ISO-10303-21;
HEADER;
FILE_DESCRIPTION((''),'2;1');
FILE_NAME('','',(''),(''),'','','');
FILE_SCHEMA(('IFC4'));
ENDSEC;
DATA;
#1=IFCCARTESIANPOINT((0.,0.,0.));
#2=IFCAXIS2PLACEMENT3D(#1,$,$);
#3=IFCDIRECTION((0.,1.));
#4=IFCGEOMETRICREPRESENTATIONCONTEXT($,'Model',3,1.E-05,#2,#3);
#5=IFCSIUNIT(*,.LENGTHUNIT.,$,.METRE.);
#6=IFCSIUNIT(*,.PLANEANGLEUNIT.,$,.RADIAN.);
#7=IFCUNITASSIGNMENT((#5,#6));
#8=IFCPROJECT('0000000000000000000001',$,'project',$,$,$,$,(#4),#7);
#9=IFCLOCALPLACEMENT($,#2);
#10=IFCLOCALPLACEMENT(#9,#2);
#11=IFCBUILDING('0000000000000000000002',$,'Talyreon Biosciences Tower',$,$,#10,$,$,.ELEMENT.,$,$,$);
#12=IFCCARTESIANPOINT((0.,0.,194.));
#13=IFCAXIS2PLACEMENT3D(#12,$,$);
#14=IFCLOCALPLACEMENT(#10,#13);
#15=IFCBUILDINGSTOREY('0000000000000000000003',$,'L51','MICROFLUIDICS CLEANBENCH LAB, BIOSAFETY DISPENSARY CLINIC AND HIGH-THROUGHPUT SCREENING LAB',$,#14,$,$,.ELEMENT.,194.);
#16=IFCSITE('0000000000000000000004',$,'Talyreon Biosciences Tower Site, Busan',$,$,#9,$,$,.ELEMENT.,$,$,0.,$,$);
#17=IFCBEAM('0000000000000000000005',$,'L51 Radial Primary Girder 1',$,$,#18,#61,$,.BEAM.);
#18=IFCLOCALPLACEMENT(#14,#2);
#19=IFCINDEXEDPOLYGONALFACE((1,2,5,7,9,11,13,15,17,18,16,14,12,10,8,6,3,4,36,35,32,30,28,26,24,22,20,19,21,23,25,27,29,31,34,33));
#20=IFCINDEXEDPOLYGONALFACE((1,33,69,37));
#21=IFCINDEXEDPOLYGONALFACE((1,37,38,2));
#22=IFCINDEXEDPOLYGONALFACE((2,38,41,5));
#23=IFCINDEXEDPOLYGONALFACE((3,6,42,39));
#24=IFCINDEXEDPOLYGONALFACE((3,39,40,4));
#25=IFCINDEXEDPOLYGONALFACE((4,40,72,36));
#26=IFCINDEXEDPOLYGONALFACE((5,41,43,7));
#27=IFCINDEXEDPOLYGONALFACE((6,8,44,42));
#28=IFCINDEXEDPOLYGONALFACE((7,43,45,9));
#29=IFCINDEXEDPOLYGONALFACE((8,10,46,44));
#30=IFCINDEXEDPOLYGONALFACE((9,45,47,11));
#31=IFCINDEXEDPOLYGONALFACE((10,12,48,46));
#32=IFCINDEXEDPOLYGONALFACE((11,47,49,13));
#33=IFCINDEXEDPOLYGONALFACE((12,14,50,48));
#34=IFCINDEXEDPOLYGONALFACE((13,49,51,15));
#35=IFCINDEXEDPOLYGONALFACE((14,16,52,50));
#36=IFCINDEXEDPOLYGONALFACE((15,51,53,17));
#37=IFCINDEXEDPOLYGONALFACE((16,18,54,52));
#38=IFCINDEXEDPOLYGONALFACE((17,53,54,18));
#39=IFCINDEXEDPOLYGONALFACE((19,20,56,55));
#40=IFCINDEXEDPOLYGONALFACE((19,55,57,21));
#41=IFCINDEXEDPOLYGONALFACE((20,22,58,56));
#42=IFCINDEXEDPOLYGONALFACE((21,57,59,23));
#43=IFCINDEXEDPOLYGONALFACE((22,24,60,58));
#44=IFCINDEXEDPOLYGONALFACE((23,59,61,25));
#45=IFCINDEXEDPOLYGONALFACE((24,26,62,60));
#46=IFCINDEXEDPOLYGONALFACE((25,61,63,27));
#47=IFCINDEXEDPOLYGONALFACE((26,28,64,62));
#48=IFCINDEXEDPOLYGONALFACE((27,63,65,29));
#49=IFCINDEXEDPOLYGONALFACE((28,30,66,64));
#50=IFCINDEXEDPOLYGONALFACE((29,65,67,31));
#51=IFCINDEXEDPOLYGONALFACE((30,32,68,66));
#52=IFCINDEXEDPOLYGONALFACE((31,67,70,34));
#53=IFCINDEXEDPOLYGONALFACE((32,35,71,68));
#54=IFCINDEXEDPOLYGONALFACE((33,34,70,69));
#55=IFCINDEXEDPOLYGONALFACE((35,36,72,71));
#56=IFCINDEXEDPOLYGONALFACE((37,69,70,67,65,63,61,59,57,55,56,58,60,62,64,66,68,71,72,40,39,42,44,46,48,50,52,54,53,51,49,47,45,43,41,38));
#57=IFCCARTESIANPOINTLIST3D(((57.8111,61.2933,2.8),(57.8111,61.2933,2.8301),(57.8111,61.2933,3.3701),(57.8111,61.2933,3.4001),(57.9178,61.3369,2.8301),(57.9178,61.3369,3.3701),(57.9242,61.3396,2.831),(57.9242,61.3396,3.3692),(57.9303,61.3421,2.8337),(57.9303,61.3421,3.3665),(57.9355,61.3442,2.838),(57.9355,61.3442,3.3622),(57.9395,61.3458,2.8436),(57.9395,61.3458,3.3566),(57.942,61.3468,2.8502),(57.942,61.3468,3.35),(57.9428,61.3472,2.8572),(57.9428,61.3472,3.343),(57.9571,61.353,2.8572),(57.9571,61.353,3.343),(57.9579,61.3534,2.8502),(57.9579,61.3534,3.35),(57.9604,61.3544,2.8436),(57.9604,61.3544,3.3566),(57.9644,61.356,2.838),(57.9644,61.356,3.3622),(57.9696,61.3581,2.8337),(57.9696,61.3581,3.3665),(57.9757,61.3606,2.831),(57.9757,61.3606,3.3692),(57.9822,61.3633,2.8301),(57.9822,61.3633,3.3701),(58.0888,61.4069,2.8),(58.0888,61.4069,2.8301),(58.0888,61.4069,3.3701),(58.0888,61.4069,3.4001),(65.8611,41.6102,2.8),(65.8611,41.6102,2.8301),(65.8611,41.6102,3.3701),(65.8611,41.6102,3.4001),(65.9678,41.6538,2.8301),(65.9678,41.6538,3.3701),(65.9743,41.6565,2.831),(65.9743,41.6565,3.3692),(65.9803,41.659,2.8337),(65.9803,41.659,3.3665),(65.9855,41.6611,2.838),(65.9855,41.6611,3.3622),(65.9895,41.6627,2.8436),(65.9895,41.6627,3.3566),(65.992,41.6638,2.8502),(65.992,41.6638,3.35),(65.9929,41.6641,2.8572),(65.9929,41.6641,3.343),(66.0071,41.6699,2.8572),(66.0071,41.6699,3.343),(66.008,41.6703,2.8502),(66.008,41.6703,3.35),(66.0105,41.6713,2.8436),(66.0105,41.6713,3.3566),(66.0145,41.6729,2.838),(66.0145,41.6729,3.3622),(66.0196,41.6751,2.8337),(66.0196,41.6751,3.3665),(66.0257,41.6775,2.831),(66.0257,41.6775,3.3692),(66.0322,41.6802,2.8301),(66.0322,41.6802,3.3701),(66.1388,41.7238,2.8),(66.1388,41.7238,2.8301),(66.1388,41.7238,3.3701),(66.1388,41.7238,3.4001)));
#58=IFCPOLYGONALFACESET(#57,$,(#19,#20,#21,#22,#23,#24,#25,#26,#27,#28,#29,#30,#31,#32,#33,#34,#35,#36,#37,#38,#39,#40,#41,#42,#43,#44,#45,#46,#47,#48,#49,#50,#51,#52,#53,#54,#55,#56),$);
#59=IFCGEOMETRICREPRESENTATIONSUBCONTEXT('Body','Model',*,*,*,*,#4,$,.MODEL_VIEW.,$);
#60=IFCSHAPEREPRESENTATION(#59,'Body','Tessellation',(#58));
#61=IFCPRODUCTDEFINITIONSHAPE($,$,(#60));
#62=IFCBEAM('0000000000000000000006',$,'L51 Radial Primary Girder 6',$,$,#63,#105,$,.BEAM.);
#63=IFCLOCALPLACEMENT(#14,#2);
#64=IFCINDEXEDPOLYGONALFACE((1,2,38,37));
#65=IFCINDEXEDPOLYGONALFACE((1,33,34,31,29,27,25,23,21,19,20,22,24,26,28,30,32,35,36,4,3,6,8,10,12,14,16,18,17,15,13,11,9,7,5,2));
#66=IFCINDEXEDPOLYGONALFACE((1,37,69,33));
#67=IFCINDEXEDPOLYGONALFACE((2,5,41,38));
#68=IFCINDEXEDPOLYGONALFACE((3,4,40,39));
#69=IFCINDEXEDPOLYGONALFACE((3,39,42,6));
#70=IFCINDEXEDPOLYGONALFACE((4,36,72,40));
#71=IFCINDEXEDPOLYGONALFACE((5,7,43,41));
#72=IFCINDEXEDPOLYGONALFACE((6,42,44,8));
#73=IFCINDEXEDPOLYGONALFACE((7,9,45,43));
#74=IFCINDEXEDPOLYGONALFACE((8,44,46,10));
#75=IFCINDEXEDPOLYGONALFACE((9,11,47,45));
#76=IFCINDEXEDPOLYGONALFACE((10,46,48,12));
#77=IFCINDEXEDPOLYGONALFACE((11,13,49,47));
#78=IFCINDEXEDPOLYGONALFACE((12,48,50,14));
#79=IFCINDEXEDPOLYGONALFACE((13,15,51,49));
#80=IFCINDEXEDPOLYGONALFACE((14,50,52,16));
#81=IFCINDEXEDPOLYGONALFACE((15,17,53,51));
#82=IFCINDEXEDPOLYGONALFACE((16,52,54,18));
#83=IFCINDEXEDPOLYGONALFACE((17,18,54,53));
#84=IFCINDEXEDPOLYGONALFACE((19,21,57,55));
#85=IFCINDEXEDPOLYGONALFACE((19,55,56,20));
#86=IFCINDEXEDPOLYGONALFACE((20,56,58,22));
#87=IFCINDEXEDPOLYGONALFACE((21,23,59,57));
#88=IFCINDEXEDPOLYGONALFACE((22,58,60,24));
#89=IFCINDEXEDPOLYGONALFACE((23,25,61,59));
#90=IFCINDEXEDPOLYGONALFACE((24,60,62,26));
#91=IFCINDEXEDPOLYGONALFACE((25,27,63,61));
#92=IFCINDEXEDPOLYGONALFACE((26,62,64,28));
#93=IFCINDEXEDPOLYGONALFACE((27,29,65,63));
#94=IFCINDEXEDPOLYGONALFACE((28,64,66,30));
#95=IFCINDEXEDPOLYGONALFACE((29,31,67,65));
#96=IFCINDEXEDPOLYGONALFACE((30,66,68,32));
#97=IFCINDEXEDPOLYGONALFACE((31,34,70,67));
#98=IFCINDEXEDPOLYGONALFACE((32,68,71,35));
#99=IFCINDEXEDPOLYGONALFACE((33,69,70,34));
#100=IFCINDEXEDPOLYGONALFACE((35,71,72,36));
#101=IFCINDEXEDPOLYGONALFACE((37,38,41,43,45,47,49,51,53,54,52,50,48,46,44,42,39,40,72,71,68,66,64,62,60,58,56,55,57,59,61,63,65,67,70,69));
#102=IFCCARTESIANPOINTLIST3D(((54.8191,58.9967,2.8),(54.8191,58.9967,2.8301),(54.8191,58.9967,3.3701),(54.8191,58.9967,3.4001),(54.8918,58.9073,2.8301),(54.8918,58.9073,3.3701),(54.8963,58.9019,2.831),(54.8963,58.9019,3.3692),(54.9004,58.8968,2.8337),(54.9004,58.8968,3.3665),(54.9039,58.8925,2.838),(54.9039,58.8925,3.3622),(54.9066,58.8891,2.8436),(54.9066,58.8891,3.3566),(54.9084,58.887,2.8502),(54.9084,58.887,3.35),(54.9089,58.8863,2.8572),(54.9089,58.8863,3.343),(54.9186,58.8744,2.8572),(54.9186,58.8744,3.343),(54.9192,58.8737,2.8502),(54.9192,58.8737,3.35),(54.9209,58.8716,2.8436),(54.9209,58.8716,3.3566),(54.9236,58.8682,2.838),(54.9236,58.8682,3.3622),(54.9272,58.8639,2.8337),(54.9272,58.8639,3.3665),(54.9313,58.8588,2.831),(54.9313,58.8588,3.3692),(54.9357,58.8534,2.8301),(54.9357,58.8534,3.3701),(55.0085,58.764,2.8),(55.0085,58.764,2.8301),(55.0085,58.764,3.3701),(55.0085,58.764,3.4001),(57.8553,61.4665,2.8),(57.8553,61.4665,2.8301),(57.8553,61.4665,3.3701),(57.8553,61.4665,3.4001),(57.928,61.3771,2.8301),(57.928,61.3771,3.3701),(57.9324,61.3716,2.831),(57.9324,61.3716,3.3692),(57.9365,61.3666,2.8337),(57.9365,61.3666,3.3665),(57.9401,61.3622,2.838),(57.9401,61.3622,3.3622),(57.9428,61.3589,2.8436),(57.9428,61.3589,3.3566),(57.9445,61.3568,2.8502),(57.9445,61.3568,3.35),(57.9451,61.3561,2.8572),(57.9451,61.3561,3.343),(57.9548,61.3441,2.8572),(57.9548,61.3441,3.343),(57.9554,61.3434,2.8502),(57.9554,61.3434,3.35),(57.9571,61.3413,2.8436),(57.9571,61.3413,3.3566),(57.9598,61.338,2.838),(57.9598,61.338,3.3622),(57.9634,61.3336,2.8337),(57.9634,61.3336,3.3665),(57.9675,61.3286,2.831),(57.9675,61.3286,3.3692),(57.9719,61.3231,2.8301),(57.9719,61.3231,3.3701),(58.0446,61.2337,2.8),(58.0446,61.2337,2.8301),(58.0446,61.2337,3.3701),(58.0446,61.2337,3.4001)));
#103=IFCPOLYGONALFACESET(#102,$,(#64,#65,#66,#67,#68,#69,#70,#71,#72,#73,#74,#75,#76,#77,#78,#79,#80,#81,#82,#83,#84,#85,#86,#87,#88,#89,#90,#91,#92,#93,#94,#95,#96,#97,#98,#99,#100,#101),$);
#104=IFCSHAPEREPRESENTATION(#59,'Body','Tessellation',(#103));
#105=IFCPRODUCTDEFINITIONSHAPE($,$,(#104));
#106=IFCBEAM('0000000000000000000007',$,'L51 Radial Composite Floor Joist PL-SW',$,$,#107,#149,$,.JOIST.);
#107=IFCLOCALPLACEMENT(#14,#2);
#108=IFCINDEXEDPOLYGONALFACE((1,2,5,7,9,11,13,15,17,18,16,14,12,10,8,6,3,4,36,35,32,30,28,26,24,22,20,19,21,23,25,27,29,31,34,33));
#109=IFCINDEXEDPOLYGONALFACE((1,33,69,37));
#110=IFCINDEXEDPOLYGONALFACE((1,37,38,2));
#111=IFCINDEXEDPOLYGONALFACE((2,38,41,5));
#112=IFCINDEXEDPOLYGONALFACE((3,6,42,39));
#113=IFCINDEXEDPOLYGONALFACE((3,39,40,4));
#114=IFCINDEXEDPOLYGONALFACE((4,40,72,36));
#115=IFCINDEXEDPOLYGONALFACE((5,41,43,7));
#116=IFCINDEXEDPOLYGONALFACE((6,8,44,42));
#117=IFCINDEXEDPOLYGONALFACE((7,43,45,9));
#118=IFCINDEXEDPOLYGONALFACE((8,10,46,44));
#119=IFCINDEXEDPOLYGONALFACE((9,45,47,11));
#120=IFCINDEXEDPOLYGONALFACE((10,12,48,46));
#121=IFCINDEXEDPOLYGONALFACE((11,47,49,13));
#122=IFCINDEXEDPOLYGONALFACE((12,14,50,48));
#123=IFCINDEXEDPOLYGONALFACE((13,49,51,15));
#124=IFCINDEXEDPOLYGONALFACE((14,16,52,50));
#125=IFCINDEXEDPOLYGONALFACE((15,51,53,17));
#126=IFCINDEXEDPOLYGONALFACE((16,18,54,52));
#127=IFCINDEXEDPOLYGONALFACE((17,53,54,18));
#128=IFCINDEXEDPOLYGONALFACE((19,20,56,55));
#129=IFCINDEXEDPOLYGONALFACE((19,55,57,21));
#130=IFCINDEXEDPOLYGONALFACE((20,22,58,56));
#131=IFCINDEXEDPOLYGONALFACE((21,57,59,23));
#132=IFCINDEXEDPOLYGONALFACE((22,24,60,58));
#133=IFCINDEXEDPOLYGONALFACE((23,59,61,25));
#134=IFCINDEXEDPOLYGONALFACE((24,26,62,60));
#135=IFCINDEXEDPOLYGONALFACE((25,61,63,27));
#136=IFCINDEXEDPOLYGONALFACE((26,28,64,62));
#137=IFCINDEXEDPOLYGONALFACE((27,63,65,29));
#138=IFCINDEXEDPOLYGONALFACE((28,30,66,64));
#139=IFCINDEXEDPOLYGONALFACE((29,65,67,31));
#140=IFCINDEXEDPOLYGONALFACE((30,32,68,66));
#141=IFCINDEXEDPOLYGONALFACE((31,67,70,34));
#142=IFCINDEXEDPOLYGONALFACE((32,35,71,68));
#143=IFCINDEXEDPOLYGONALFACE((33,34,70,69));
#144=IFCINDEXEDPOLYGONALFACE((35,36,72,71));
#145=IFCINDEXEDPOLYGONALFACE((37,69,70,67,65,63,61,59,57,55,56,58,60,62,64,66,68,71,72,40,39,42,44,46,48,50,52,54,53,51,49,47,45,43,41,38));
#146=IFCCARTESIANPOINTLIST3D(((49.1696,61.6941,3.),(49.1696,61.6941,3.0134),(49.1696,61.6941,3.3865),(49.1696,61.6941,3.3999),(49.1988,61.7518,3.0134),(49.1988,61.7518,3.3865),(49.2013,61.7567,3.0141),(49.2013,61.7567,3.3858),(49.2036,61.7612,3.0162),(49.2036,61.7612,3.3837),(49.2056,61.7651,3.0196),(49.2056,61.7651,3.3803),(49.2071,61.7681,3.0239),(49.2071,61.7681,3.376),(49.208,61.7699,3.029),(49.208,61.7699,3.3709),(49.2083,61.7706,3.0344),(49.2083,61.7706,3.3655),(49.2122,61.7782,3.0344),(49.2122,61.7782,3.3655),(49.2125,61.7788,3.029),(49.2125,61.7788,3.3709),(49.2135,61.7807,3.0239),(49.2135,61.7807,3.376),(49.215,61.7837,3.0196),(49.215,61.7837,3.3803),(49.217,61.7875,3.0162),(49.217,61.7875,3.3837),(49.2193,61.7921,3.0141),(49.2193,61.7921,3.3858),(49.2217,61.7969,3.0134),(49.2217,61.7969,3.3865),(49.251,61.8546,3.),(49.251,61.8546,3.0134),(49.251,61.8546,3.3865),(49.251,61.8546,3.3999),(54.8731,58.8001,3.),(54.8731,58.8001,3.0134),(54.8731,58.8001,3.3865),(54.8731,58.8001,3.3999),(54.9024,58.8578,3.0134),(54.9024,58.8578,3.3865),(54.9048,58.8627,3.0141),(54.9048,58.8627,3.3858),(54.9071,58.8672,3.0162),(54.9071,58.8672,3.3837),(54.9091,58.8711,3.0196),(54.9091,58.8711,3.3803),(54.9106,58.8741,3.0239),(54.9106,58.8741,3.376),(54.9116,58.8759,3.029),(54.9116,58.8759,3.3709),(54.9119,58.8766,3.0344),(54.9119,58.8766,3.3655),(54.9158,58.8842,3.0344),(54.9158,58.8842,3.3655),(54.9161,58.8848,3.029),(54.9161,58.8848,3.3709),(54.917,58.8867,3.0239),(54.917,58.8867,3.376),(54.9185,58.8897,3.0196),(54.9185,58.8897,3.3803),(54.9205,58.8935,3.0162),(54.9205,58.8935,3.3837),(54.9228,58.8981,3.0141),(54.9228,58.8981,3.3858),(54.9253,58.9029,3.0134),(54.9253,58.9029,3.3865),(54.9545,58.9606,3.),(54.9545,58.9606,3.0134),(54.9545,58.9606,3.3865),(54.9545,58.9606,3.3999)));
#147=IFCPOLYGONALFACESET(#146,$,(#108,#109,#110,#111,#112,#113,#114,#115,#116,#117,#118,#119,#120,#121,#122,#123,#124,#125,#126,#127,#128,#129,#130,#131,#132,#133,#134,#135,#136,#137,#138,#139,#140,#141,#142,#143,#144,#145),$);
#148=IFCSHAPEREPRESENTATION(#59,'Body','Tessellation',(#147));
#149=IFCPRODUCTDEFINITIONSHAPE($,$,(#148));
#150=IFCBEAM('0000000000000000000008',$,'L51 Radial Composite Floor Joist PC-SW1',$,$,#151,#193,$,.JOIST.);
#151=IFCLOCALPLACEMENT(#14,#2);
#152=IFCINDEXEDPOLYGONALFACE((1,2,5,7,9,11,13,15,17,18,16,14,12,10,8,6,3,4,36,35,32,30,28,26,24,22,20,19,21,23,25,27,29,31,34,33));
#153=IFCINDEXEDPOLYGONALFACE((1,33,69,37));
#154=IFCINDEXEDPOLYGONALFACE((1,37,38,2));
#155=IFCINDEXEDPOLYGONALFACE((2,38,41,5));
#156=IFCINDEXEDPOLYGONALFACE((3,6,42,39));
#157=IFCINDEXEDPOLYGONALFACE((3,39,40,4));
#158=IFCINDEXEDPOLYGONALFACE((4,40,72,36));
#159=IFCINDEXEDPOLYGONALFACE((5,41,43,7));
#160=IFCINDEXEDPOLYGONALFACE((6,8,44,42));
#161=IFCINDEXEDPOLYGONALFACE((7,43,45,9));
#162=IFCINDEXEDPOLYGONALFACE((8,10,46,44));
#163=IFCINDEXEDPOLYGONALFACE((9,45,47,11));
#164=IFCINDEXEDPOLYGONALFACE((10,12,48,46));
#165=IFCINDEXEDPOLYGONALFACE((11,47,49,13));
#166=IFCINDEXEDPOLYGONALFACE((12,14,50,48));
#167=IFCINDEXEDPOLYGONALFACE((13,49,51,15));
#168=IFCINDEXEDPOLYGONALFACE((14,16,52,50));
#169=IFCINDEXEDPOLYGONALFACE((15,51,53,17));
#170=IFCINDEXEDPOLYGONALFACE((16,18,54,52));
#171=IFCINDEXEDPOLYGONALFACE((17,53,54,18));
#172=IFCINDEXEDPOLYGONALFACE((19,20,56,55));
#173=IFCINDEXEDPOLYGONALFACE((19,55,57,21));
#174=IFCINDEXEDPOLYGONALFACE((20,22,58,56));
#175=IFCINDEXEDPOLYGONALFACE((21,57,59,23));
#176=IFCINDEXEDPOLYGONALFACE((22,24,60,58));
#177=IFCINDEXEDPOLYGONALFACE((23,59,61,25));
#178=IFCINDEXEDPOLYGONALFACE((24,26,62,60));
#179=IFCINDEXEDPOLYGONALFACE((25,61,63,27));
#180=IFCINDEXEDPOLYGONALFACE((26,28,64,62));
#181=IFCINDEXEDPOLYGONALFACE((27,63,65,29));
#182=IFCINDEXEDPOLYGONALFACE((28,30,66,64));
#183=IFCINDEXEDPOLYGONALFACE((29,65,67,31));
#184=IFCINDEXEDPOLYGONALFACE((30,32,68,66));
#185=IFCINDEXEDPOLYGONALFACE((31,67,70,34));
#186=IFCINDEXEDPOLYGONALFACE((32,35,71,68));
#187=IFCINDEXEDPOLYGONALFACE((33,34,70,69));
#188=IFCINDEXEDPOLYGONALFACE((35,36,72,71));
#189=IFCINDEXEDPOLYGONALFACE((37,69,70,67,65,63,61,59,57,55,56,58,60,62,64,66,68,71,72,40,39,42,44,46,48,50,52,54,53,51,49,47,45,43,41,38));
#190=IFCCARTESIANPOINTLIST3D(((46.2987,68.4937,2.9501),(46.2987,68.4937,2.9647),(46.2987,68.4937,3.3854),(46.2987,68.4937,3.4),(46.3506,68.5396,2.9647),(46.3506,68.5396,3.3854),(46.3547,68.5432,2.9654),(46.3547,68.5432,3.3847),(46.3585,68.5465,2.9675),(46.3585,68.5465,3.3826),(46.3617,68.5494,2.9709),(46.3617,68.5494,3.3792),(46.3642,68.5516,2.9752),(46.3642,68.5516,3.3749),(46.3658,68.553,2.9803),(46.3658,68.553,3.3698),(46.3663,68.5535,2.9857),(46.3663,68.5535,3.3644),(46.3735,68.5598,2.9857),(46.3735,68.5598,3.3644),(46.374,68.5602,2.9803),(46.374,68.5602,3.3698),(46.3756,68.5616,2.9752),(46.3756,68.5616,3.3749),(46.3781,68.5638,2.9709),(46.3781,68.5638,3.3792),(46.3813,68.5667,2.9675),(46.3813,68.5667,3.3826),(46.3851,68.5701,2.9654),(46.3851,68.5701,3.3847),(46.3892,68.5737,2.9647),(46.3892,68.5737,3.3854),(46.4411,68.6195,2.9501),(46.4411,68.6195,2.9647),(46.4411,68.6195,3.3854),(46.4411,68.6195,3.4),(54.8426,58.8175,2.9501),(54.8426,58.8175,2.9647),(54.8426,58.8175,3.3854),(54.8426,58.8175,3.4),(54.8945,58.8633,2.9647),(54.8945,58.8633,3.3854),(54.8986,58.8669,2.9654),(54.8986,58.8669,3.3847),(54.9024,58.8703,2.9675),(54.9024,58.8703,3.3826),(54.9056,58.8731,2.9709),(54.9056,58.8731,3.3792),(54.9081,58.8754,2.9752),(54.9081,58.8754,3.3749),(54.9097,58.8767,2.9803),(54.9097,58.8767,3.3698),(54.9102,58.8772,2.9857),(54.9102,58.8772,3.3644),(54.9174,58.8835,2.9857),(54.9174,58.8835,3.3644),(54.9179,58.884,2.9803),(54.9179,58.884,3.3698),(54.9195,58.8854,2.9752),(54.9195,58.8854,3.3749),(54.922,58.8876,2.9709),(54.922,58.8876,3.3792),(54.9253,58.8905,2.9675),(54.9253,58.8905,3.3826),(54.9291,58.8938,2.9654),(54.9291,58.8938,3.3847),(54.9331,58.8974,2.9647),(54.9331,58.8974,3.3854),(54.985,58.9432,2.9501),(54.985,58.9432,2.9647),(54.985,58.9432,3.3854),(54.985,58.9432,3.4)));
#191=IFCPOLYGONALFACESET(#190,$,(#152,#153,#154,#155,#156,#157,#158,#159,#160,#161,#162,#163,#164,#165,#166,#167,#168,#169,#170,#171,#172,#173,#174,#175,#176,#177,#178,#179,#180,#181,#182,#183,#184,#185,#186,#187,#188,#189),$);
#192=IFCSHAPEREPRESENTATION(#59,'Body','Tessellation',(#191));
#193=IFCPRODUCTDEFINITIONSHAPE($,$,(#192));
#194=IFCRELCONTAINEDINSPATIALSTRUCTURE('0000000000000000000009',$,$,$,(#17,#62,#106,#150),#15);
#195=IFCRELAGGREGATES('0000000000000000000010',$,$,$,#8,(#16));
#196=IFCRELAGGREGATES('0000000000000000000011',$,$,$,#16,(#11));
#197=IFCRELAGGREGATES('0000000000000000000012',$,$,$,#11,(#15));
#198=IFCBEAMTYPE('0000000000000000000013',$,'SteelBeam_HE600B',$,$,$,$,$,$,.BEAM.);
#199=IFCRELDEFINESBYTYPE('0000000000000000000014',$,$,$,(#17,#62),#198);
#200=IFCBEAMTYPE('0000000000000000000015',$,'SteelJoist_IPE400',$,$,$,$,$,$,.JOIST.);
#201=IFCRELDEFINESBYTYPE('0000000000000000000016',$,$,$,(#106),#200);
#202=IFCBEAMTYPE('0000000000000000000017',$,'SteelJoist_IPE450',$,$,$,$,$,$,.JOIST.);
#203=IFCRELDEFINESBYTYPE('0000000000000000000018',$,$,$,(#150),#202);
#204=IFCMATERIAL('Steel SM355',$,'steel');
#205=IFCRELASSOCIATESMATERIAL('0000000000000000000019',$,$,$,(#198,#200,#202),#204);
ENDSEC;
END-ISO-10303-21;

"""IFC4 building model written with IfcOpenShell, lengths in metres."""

from ifc_helpers import new_model, si_unit, direction, frame, origin, origin_2d, place, context, subcontext, project, spatial, i_section, extrude, material, material_profile, profile_set, type_object, element, save


model = new_model("IFC4")

# Units and contexts
model_context = context("Model", 3, precision=1e-05, world=origin(), true_north=direction((0.0, 1.0)))
body_context = subcontext(model_context, "Body", "Model", "MODEL_VIEW")
ifc_project = project(units=[si_unit("LENGTHUNIT", "METRE"), si_unit("PLANEANGLEUNIT", "RADIAN")], contexts=[model_context])

# Site, building, storey
site_placement = place(None, origin())
site = spatial("IfcSite", under=ifc_project, at=site_placement, Name="Talyreon Biosciences Tower Site, Busan", CompositionType="ELEMENT", RefElevation=0.0)
building_placement = place(site_placement, origin())
building = spatial("IfcBuilding", under=site, at=building_placement, Name="Talyreon Biosciences Tower", CompositionType="ELEMENT")
storey_placement = place(building_placement, frame((0.0, 0.0, 194.0)))
storey = spatial("IfcBuildingStorey", under=building, at=storey_placement, Name="L51", Description="MICROFLUIDICS CLEANBENCH LAB, BIOSAFETY DISPENSARY CLINIC AND HIGH-THROUGHPUT SCREENING LAB", CompositionType="ELEMENT", Elevation=194.0)

# Beams
ifc_material_1 = material(Name="Steel SM355", Category="steel")
ifc_material_profile_1 = material_profile(ifc_material_1, i_section(OverallWidth=0.3, OverallDepth=0.6001, WebThickness=0.0154, FlangeThickness=0.03, FilletRadius=0.0271, at=origin_2d()), Name="HE600B")
ifc_profile_set_1 = profile_set([ifc_material_profile_1], Name="Steel SM355")
beam_type_1 = type_object("IfcBeamType", Name="SteelBeam_HE600B", PredefinedType="BEAM", material=ifc_profile_set_1)
beam_1_placement = place(storey_placement, frame((57.95, 61.3501, 3.1001), z_axis=(0.378547, -0.925582, 0.0), x_axis=(0.925582, 0.378547, 0.0)))
element("IfcBeam", 1, at=beam_1_placement, inside=storey, type_object=beam_type_1, Name="L51 Radial Primary Girder 1", PredefinedType="BEAM", context=body_context, shape_type="SweptSolid", body=[
    extrude(i_section(OverallWidth=0.3, OverallDepth=0.6001, WebThickness=0.0154, FlangeThickness=0.03, FilletRadius=0.0271, at=origin_2d()), origin(), (0.0, 0.0, 1.0), 21.2656),
])
beam_2_placement = place(storey_placement, frame((57.95, 61.3501, 3.1001), z_axis=(-0.775755, -0.631034, 0.0), x_axis=(0.631034, -0.775755, 0.0)))
element("IfcBeam", 2, at=beam_2_placement, inside=storey, type_object=beam_type_1, Name="L51 Radial Primary Girder 6", PredefinedType="BEAM", context=body_context, shape_type="SweptSolid", body=[
    extrude(i_section(OverallWidth=0.3, OverallDepth=0.6001, WebThickness=0.0154, FlangeThickness=0.03, FilletRadius=0.0271, at=origin_2d()), origin(), (0.0, 0.0, 1.0), 3.9138),
])
ifc_material_profile_2 = material_profile(ifc_material_1, i_section(OverallWidth=0.1799, OverallDepth=0.3999, WebThickness=0.0085, FlangeThickness=0.0134, FilletRadius=0.021, at=origin_2d()), Name="IPE400")
ifc_profile_set_2 = profile_set([ifc_material_profile_2], Name="Steel SM355")
beam_type_2 = type_object("IfcBeamType", Name="SteelJoist_IPE400", PredefinedType="JOIST", material=ifc_profile_set_2)
beam_3_placement = place(storey_placement, frame((54.9138, 58.8804, 3.2), z_axis=(-0.89177, 0.452489, 0.0), x_axis=(-0.452489, -0.89177, 0.0)))
element("IfcBeam", 3, at=beam_3_placement, inside=storey, type_object=beam_type_2, Name="L51 Radial Composite Floor Joist PL-SW", PredefinedType="JOIST", context=body_context, shape_type="SweptSolid", body=[
    extrude(i_section(OverallWidth=0.1799, OverallDepth=0.3999, WebThickness=0.0085, FlangeThickness=0.0134, FilletRadius=0.021, at=origin_2d()), origin(), (0.0, 0.0, 1.0), 6.3958),
])
ifc_material_profile_3 = material_profile(ifc_material_1, i_section(OverallWidth=0.1899, OverallDepth=0.45, WebThickness=0.0095, FlangeThickness=0.0146, FilletRadius=0.021, at=origin_2d()), Name="IPE450")
ifc_profile_set_3 = profile_set([ifc_material_profile_3], Name="Steel SM355")
beam_type_3 = type_object("IfcBeamType", Name="SteelJoist_IPE450", PredefinedType="JOIST", material=ifc_profile_set_3)
beam_4_placement = place(storey_placement, frame((54.9138, 58.8804, 3.175), z_axis=(-0.661886, 0.749605, 0.0), x_axis=(-0.749605, -0.661886, 0.0)))
element("IfcBeam", 4, at=beam_4_placement, inside=storey, type_object=beam_type_3, Name="L51 Radial Composite Floor Joist PC-SW1", PredefinedType="JOIST", context=body_context, shape_type="SweptSolid", body=[
    extrude(i_section(OverallWidth=0.1899, OverallDepth=0.45, WebThickness=0.0095, FlangeThickness=0.0146, FilletRadius=0.021, at=origin_2d()), origin(), (0.0, 0.0, 1.0), 12.9084),
])

save(model, "model.ifc")
